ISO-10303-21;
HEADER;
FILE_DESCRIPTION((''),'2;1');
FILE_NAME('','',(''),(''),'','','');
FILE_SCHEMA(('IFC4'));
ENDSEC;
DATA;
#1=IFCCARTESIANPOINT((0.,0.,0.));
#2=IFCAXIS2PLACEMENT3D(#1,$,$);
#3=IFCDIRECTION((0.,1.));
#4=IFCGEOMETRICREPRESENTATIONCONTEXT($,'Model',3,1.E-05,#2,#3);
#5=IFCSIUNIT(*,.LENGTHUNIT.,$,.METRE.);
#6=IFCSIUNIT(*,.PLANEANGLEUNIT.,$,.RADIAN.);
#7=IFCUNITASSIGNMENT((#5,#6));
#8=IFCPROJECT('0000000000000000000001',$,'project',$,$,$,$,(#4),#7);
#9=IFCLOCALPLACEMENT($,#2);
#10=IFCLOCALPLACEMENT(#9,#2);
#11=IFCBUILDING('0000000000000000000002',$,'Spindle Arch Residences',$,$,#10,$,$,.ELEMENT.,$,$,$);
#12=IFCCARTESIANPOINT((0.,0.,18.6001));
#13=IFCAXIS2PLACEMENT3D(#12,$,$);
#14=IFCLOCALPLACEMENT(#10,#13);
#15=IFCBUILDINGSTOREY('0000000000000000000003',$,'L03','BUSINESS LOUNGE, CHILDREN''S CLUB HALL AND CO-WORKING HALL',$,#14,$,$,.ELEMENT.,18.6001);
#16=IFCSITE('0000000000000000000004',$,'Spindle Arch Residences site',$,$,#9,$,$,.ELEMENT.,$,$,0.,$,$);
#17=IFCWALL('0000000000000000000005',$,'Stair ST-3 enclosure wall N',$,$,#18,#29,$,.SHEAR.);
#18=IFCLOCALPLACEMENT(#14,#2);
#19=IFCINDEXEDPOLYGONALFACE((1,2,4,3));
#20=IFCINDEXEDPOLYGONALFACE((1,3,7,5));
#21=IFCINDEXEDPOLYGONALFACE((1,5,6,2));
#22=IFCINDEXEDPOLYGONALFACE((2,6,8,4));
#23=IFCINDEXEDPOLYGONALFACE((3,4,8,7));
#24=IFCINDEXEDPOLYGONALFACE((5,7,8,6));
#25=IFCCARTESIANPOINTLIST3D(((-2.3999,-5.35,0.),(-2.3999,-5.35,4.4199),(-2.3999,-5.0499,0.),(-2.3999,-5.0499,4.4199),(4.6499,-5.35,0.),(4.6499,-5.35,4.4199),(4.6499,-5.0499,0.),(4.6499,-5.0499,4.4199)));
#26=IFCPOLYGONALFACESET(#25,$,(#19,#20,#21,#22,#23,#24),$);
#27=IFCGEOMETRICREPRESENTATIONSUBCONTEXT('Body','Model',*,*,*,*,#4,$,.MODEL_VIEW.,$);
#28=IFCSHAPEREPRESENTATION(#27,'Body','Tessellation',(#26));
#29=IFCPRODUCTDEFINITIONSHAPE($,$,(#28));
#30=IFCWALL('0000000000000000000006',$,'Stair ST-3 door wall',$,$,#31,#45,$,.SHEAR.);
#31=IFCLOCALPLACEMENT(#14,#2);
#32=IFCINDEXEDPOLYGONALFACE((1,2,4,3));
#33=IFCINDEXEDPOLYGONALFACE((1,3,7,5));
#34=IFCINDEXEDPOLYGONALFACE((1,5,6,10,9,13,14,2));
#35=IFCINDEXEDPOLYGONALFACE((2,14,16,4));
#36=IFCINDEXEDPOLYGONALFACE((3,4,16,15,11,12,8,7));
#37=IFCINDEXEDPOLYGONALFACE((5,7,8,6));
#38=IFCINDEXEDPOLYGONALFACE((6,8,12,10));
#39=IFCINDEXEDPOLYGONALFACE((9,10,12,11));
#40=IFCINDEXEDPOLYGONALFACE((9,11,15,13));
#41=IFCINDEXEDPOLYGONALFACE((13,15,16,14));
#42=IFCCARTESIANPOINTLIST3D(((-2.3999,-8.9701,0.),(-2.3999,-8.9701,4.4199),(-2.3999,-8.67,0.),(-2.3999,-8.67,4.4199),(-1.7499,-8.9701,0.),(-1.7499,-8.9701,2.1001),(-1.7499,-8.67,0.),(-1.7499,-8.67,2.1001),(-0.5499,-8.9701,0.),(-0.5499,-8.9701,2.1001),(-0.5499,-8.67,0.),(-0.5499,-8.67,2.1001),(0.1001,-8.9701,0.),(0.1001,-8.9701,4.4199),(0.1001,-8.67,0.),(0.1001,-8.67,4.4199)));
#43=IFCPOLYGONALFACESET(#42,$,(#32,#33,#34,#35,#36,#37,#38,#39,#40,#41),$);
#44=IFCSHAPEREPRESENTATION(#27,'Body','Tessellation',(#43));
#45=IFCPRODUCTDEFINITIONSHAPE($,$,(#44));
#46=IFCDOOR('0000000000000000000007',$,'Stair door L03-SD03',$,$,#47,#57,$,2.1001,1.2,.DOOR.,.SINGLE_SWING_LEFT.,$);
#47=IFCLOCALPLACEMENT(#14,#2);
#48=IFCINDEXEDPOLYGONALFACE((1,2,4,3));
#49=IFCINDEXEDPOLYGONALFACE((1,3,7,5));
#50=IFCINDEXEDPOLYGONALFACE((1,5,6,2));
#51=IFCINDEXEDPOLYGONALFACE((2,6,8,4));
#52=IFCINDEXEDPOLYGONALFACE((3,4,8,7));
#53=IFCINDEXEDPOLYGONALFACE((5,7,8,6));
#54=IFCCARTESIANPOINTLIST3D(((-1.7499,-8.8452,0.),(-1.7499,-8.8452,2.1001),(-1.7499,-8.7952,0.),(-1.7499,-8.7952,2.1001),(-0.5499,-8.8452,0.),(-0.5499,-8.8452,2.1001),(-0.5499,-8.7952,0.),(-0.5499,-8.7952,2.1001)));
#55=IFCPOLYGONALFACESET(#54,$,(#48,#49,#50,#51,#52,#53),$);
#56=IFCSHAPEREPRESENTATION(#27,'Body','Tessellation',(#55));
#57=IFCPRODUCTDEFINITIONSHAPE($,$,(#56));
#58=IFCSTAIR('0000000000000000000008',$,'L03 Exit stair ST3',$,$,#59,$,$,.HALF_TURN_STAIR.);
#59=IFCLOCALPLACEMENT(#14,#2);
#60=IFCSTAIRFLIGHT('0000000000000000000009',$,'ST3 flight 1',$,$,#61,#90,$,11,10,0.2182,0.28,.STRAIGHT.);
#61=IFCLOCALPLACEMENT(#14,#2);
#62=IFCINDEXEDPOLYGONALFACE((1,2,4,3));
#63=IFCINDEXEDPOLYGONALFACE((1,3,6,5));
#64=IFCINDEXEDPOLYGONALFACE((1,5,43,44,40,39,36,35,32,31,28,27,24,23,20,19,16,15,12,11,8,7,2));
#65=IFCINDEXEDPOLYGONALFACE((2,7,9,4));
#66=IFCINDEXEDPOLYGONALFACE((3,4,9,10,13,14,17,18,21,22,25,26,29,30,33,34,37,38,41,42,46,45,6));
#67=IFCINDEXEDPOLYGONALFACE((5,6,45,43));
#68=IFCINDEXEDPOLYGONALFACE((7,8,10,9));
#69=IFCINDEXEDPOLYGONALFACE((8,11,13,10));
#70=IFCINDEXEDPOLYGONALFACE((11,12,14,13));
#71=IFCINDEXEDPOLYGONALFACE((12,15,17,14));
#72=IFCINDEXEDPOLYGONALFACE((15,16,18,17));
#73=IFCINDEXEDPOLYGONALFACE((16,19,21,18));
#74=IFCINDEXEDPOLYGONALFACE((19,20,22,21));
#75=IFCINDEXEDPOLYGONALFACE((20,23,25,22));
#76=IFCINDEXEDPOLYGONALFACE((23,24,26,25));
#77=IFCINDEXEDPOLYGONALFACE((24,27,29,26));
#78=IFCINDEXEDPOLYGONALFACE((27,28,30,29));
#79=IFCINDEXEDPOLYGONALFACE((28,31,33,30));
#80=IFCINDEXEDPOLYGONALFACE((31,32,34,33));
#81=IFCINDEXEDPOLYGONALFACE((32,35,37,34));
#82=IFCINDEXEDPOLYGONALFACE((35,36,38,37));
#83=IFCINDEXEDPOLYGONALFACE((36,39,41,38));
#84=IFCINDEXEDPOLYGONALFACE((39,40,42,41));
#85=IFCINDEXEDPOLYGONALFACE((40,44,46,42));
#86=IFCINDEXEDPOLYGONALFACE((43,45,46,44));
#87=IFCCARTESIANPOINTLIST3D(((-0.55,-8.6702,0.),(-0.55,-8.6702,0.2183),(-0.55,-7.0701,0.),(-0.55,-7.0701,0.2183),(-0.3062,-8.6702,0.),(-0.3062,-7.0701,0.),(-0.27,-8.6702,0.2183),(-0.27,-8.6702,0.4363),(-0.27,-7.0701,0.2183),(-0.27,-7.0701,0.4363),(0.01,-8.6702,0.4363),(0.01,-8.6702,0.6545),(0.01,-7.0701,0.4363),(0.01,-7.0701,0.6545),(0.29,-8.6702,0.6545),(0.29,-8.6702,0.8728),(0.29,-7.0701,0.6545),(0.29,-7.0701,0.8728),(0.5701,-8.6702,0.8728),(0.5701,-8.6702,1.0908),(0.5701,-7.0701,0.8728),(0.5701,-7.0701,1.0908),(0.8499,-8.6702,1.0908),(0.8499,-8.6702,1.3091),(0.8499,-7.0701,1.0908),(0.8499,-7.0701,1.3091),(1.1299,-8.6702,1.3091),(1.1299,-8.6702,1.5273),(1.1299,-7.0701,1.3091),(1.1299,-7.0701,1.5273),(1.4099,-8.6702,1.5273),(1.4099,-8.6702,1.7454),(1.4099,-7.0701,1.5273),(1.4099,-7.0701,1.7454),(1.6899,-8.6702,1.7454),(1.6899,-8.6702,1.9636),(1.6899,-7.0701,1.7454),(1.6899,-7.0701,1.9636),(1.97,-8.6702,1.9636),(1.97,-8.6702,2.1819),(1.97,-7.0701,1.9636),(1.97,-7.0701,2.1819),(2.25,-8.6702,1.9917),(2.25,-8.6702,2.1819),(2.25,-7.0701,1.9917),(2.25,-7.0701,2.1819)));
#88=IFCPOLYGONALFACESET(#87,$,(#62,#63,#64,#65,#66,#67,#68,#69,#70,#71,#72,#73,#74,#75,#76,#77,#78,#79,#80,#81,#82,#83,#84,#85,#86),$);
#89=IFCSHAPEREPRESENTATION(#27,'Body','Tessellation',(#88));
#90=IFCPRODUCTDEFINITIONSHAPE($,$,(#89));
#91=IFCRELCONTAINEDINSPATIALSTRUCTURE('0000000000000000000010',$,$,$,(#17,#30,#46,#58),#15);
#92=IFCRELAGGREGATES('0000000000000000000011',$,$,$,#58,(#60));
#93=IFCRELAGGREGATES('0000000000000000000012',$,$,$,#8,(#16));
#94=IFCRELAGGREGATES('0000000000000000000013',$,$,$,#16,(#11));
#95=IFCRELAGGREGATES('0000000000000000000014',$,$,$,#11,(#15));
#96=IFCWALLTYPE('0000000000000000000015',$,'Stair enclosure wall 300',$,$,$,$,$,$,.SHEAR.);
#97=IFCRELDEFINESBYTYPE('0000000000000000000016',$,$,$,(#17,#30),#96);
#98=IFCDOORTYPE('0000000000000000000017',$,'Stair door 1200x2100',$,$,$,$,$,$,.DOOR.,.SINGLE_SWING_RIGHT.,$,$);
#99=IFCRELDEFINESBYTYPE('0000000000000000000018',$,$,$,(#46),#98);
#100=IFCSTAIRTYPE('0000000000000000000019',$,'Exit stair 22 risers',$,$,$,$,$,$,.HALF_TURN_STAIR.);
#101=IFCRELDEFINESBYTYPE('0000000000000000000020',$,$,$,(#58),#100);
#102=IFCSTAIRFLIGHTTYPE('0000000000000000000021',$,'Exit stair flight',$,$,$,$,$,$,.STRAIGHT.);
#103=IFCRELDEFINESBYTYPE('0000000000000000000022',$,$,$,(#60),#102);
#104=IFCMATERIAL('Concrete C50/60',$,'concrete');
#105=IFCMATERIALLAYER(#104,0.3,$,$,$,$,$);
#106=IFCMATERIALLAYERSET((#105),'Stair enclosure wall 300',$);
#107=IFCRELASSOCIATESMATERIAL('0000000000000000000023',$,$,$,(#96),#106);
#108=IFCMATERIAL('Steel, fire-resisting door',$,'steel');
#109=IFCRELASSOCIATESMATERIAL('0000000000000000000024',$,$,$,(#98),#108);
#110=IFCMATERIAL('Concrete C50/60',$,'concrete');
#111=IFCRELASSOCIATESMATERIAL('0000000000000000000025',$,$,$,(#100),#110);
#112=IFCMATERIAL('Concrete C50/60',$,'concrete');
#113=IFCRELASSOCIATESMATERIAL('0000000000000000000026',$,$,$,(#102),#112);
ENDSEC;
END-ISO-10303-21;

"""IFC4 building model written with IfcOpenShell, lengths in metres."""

from ifc_helpers import new_model, si_unit, direction, frame, frame_2d, origin, place, context, subcontext, project, spatial, polyline, rectangle, outline, extrude, material, layer, layer_set, type_object, element, fill, aggregate, save


model = new_model("IFC4")

# Units and contexts
model_context = context("Model", 3, precision=1e-05, world=origin(), true_north=direction((0.0, 1.0)))
body_context = subcontext(model_context, "Body", "Model", "MODEL_VIEW")
ifc_project = project(units=[si_unit("LENGTHUNIT", "METRE"), si_unit("PLANEANGLEUNIT", "RADIAN")], contexts=[model_context])

# Site, building, storey
site_placement = place(None, origin())
site = spatial("IfcSite", under=ifc_project, at=site_placement, Name="Spindle Arch Residences site", CompositionType="ELEMENT", RefElevation=0.0)
building_placement = place(site_placement, origin())
building = spatial("IfcBuilding", under=site, at=building_placement, Name="Spindle Arch Residences", CompositionType="ELEMENT")
storey_placement = place(building_placement, frame((0.0, 0.0, 18.6001)))
storey = spatial("IfcBuildingStorey", under=building, at=storey_placement, Name="L03", Description="BUSINESS LOUNGE, CHILDREN'S CLUB HALL AND CO-WORKING HALL", CompositionType="ELEMENT", Elevation=18.6001)

# Wall
ifc_material_1 = material(Name="Concrete C50/60", Category="concrete")
ifc_layer_1 = layer(ifc_material_1, 0.3)
ifc_layer_set_1 = layer_set([ifc_layer_1], Name="Stair enclosure wall 300")
wall_type_1 = type_object("IfcWallType", Name="Stair enclosure wall 300", PredefinedType="SHEAR", material=ifc_layer_set_1)
wall_1_placement = place(storey_placement, frame((-2.3999, -5.2, 0.0), z_axis=(0.0, 0.0, 1.0), x_axis=(1.0, 0.0, 0.0)))
element("IfcWall", 1, at=wall_1_placement, inside=storey, type_object=wall_type_1, Name="Stair ST-3 enclosure wall N", PredefinedType="SHEAR", context=body_context, shape_type="SweptSolid", body=[
    extrude(rectangle(XDim=7.0498, YDim=0.3, at=frame_2d((3.5249, 0.0))), origin(), (0.0, 0.0, 1.0), 4.4199),
])

# Wall, opening, door
wall_2_placement = place(storey_placement, frame((-2.3999, -8.8201, 0.0), z_axis=(0.0, 0.0, 1.0), x_axis=(1.0, 0.0, 0.0)))
wall_2 = element("IfcWall", 2, at=wall_2_placement, inside=storey, type_object=wall_type_1, Name="Stair ST-3 door wall", PredefinedType="SHEAR", context=body_context, shape_type="SweptSolid", body=[
    extrude(rectangle(XDim=2.5, YDim=0.3, at=frame_2d((1.25, 0.0))), origin(), (0.0, 0.0, 1.0), 4.4199),
])
opening_1_placement = place(wall_2_placement, frame((0.6499, 0.0, 0.0)))
opening_1 = element("IfcOpeningElement", 3, at=opening_1_placement, cuts=wall_2, PredefinedType="OPENING", context=body_context, shape_type="SweptSolid", body=[
    extrude(rectangle(XDim=1.2, YDim=2.1001, at=frame_2d((0.6001, 1.05))), frame((0.0, 0.1602, 0.0), z_axis=(0.0, -1.0, 0.0), x_axis=(1.0, 0.0, 0.0)), (0.0, 0.0, 1.0), 0.3201),
])
ifc_material_2 = material(Name="Steel, fire-resisting door", Category="steel")
door_type_1 = type_object("IfcDoorType", Name="Stair door 1200x2100", OperationType="SINGLE_SWING_RIGHT", PredefinedType="DOOR", material=ifc_material_2)
door_1_placement = place(opening_1_placement, origin())
door_1 = element("IfcDoor", 4, at=door_1_placement, inside=storey, type_object=door_type_1, Name="Stair door L03-SD03", OperationType="SINGLE_SWING_LEFT", OverallHeight=2.1001, OverallWidth=1.2, PredefinedType="DOOR", context=body_context, shape_type="SweptSolid", body=[
    extrude(rectangle(XDim=1.2, YDim=2.1001, at=frame_2d((0.6001, 1.05))), frame((0.0, 0.0249, 0.0), z_axis=(0.0, -1.0, 0.0), x_axis=(1.0, 0.0, 0.0)), (0.0, 0.0, 1.0), 0.05),
])
fill(opening_1, door_1)

# Stair, stair flight
ifc_material_3 = material(Name="Concrete C50/60", Category="concrete")
stair_type = type_object("IfcStairType", Name="Exit stair 22 risers", PredefinedType="HALF_TURN_STAIR", material=ifc_material_3)
stair_placement = place(storey_placement, origin())
stair = element("IfcStair", 5, at=stair_placement, inside=storey, type_object=stair_type, Name="L03 Exit stair ST3", PredefinedType="HALF_TURN_STAIR")
ifc_material_4 = material(Name="Concrete C50/60", Category="concrete")
stair_flight_type = type_object("IfcStairFlightType", Name="Exit stair flight", PredefinedType="STRAIGHT", material=ifc_material_4)
stair_flight_placement = place(storey_placement, frame((-0.55, -7.8701, 0.0), z_axis=(0.0, 0.0, 1.0), x_axis=(1.0, 0.0, 0.0)))
stair_flight = element("IfcStairFlight", 6, at=stair_flight_placement, type_object=stair_flight_type, Name="ST3 flight 1", NumberOfRisers=11, NumberOfTreads=10, PredefinedType="STRAIGHT", RiserHeight=0.2182, TreadLength=0.28, context=body_context, shape_type="SweptSolid", body=[
    extrude(outline(polyline([(0.0, 0.0), (0.0, 0.2183), (0.28, 0.2183), (0.28, 0.4363), (0.5601, 0.4363), (0.5601, 0.6545), (0.8401, 0.6545), (0.8401, 0.8728), (1.1201, 0.8728), (1.1201, 1.0908), (1.3999, 1.0908), (1.3999, 1.3091), (1.6799, 1.3091), (1.6799, 1.5273), (1.96, 1.5273), (1.96, 1.7454), (2.24, 1.7454), (2.24, 1.9636), (2.52, 1.9636), (2.52, 2.1819), (2.8, 2.1819), (2.8, 2.3999), (2.8, 1.9917), (0.2439, 0.0), (0.0, 0.0)])), frame((0.0, 0.8, 0.0), z_axis=(0.0, -1.0, 0.0), x_axis=(1.0, 0.0, 0.0)), (0.0, 0.0, 1.0), 1.6001),
])
aggregate(stair, [stair_flight])

save(model, "model.ifc")
